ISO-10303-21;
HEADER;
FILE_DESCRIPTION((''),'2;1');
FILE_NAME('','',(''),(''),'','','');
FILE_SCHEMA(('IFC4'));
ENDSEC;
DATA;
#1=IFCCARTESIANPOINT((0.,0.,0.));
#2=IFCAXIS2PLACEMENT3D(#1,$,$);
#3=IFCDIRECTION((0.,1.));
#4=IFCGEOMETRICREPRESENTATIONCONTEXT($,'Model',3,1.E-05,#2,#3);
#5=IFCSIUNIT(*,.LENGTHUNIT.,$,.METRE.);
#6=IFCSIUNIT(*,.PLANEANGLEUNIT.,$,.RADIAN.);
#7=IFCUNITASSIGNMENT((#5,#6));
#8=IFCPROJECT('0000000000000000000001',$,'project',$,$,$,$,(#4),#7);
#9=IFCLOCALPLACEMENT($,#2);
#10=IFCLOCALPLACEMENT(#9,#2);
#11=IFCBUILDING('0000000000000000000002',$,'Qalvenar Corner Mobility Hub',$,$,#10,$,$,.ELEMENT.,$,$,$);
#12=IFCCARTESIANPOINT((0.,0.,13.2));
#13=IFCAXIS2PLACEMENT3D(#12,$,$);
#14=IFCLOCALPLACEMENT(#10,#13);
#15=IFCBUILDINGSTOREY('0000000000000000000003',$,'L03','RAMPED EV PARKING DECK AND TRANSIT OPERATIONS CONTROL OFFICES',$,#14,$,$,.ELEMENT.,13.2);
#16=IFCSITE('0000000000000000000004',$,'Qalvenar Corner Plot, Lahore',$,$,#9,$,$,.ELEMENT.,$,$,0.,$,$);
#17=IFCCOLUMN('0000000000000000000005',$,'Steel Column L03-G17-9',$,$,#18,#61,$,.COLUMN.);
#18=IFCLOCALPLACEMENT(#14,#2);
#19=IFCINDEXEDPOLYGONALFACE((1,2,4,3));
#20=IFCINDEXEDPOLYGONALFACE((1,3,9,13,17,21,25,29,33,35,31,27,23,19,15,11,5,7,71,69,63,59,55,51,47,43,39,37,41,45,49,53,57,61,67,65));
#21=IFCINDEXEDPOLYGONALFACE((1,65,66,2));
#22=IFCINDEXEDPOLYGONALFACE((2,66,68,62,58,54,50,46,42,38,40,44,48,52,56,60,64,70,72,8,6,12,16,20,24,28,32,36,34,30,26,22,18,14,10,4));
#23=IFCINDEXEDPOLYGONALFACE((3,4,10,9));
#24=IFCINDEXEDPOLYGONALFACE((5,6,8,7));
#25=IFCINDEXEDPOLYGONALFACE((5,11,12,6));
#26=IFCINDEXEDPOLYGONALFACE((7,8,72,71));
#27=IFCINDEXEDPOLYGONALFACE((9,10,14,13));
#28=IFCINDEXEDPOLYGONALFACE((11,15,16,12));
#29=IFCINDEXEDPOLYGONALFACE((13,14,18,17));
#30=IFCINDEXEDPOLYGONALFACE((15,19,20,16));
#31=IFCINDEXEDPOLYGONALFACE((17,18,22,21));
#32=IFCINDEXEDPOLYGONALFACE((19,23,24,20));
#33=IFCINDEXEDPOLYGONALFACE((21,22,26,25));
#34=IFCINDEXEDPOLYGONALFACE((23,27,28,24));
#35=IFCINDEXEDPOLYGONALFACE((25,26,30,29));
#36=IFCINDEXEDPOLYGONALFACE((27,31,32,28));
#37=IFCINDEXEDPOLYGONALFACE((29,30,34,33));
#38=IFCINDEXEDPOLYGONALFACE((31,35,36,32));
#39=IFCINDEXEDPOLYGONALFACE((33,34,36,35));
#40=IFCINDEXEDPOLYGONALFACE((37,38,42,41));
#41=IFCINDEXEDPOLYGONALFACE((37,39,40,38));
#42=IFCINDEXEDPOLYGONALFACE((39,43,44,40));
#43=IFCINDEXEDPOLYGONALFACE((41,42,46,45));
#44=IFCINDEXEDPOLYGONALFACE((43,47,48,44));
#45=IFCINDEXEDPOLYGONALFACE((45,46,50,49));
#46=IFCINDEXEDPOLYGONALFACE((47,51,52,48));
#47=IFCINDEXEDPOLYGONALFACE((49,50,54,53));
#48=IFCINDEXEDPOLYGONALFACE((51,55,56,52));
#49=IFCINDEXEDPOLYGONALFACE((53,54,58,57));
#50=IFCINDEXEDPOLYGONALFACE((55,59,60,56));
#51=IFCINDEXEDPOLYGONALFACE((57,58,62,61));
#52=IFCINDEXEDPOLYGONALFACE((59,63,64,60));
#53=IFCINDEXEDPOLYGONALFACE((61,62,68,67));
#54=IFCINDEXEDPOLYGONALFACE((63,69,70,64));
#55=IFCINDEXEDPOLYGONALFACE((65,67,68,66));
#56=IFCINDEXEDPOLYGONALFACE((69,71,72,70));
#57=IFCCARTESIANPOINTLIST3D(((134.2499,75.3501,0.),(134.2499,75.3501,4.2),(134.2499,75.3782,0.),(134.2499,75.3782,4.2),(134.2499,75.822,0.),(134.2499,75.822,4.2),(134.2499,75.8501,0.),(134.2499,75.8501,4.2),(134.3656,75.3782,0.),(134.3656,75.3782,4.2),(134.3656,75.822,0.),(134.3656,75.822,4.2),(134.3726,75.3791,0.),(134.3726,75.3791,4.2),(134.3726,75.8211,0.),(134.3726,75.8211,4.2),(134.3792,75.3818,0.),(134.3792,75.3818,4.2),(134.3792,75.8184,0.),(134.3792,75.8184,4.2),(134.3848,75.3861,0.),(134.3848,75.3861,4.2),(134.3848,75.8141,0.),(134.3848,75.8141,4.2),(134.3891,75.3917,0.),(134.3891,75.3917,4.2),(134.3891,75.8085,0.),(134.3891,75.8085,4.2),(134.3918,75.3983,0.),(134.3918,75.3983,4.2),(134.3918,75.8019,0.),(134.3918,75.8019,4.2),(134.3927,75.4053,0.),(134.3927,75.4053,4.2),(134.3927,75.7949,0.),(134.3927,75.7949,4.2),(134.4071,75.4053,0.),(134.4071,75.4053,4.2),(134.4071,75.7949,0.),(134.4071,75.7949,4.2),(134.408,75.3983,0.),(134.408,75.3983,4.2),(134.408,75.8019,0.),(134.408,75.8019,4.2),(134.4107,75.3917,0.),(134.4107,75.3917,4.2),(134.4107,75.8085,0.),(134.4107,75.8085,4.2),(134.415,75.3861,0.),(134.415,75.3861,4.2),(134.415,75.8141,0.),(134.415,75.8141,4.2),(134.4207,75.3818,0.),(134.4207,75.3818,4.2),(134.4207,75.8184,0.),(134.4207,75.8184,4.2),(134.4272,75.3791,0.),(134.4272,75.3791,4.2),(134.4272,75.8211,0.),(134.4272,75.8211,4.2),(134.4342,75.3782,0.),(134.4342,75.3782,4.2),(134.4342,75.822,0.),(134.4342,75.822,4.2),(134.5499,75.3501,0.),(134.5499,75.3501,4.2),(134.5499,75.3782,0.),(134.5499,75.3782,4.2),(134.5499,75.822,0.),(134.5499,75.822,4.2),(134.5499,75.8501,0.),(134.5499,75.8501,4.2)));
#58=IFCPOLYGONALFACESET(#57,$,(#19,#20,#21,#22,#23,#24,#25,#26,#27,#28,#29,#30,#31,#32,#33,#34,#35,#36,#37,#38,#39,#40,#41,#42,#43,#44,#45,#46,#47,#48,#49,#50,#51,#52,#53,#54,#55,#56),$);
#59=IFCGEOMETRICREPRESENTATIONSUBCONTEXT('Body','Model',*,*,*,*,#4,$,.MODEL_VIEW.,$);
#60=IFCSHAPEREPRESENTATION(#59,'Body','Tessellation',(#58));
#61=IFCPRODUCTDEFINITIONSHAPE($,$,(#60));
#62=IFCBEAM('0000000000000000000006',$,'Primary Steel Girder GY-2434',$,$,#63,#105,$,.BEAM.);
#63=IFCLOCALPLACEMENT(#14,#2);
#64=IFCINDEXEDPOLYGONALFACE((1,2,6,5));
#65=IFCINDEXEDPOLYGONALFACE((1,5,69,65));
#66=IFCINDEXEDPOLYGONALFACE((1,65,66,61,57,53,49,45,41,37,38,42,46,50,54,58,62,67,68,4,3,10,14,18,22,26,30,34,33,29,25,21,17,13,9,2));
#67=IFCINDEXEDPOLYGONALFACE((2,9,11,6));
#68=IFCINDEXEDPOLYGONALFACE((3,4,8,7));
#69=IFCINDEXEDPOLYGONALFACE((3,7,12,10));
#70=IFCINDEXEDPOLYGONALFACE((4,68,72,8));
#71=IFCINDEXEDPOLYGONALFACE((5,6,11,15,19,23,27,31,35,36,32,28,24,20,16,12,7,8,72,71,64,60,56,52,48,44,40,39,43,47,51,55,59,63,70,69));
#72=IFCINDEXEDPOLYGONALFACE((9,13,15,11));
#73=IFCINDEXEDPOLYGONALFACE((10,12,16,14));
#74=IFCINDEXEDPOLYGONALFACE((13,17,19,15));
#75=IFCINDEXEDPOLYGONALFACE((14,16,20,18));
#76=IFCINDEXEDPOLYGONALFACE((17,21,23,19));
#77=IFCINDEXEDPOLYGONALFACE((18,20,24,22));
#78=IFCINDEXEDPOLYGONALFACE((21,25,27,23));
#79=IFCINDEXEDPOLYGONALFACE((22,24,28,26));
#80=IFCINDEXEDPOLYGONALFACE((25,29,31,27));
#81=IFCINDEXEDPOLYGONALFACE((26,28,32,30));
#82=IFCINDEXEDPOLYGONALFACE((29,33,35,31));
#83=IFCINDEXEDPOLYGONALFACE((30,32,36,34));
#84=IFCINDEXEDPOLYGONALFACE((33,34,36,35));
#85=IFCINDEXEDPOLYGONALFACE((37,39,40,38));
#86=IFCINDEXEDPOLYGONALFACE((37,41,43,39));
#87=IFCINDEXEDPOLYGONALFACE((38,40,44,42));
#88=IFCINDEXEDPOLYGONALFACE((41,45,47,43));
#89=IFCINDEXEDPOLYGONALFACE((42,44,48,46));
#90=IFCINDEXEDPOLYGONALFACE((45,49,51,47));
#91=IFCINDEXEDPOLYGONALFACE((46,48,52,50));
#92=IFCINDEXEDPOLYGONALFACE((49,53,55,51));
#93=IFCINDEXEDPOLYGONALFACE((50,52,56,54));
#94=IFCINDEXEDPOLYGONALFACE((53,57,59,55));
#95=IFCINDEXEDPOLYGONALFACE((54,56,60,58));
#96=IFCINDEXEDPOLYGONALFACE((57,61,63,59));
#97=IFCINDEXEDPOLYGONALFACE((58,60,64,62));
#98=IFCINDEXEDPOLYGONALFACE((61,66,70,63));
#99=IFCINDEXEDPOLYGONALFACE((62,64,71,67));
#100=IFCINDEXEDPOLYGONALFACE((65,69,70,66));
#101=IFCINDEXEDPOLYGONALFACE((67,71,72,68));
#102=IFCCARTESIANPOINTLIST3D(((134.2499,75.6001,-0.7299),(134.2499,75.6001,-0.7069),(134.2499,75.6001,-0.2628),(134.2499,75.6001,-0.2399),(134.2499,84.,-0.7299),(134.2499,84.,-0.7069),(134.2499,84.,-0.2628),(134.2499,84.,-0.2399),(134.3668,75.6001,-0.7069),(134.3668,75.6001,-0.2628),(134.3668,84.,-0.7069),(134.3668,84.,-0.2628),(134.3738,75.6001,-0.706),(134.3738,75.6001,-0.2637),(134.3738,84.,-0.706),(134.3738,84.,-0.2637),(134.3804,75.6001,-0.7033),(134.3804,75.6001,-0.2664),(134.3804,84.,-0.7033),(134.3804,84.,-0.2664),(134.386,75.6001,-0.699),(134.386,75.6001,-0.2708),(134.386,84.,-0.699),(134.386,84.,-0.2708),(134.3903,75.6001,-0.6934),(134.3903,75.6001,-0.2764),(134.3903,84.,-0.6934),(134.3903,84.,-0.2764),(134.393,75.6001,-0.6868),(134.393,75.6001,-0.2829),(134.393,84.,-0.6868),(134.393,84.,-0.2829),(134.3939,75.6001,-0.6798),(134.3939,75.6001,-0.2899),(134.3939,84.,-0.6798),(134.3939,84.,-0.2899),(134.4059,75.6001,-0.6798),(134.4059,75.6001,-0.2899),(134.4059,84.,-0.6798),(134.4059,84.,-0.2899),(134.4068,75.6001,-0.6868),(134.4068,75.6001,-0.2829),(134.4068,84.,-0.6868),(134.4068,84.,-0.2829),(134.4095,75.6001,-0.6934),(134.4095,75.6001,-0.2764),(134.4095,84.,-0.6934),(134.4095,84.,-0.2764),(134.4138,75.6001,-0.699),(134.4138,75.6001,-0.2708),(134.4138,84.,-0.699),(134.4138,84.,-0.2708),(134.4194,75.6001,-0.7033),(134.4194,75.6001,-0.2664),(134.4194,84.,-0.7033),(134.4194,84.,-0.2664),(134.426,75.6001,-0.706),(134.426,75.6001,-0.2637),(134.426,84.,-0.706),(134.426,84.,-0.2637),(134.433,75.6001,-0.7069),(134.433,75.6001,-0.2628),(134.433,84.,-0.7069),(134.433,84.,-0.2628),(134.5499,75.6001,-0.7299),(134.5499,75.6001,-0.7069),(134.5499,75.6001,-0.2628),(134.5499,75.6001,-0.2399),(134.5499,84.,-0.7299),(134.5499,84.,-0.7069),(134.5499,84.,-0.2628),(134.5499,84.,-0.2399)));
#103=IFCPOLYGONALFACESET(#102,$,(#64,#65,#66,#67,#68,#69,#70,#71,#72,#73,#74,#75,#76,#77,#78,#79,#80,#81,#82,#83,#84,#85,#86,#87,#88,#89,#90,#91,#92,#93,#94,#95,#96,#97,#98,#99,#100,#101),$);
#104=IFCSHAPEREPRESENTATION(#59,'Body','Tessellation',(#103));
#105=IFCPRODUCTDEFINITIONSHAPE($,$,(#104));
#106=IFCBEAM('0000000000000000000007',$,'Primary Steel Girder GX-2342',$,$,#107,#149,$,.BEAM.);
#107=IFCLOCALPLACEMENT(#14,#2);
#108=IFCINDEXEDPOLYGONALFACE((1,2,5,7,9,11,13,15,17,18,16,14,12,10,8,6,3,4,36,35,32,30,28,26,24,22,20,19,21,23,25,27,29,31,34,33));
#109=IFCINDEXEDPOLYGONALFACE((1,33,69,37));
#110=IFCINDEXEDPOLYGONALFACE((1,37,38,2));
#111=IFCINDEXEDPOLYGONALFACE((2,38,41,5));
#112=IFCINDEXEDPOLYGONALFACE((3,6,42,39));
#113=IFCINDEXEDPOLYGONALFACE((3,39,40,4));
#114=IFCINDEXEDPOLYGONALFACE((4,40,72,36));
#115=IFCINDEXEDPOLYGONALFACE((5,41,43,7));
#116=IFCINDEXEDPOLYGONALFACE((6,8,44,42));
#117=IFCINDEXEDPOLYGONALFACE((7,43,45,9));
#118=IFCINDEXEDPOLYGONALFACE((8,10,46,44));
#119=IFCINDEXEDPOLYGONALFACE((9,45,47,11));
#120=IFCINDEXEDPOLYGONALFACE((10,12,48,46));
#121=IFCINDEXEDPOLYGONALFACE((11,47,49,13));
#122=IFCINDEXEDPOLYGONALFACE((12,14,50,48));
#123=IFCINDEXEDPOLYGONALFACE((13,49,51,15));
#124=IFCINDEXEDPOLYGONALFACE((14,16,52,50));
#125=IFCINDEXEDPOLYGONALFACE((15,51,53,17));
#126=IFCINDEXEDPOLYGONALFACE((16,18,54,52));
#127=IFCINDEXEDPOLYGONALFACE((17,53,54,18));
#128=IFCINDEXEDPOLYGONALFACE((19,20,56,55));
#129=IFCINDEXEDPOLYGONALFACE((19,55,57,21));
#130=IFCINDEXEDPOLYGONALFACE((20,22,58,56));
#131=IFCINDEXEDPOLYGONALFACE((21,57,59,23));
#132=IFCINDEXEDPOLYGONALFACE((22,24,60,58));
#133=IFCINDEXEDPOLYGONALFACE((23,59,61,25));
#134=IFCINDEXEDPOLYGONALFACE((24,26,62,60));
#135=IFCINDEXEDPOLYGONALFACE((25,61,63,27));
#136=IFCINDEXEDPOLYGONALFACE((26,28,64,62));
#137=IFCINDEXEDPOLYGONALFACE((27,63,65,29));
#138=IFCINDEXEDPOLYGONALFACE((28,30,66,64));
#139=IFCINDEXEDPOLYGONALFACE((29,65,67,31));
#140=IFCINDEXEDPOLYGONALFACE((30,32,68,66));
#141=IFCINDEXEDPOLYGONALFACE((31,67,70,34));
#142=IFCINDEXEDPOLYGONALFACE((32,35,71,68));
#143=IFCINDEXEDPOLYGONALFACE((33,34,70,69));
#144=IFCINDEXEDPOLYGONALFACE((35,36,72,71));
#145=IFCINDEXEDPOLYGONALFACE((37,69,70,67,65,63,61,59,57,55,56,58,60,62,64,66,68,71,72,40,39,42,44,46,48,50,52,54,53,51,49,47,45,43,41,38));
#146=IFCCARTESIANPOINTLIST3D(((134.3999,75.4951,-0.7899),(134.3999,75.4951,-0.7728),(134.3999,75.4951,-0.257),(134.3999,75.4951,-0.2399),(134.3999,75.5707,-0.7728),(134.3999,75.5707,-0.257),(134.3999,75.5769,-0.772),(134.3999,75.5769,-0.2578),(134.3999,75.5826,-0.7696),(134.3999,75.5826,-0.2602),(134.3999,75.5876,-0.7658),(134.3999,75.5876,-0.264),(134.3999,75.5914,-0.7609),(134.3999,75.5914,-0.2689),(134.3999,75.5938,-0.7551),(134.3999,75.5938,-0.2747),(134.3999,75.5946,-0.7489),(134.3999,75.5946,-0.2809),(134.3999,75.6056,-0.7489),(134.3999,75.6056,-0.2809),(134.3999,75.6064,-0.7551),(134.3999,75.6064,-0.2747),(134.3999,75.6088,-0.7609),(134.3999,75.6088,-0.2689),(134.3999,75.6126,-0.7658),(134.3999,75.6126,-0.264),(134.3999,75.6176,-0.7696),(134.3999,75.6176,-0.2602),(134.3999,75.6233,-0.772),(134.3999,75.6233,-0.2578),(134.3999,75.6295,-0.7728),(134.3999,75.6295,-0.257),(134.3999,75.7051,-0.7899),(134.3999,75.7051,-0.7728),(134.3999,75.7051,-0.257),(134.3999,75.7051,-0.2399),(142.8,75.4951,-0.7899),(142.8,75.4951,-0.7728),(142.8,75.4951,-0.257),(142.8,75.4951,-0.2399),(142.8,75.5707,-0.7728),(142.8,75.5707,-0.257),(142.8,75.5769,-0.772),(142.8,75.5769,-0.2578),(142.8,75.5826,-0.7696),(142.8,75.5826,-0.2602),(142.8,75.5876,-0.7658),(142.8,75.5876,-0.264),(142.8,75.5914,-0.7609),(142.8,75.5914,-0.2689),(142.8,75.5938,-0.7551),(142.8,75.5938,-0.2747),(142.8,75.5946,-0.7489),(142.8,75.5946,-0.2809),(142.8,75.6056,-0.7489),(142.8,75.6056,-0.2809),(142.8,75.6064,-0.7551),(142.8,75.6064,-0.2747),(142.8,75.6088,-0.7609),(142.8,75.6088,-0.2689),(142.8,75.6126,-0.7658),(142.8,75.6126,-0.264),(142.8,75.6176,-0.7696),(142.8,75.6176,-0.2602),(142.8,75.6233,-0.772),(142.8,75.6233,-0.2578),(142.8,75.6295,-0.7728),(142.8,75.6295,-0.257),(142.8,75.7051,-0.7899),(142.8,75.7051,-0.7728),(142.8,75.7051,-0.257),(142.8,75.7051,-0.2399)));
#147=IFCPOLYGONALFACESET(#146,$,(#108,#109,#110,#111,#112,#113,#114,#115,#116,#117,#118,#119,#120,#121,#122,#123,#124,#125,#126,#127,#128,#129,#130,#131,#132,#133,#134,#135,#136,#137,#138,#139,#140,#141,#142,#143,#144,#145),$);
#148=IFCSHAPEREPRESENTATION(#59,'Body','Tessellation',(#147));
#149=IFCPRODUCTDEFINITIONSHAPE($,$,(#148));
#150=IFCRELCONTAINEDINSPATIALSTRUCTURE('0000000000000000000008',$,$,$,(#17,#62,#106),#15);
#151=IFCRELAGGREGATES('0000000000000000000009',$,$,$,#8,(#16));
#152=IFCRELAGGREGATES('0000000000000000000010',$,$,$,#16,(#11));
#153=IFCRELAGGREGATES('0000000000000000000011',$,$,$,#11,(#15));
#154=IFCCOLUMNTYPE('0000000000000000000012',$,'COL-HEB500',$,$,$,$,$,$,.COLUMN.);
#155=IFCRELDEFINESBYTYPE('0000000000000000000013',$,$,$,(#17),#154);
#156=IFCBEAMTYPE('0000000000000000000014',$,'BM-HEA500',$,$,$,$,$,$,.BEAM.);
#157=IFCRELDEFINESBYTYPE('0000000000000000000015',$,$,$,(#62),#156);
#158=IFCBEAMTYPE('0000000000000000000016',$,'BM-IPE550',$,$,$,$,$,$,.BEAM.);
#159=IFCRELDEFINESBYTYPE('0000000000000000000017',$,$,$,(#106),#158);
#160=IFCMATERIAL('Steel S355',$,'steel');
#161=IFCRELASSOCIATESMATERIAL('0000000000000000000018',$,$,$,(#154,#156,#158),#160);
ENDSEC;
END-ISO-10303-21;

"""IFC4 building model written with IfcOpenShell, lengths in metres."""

from ifc_helpers import new_model, si_unit, direction, frame, origin, origin_2d, place, context, subcontext, project, spatial, i_section, extrude, material, material_profile, profile_set, type_object, element, save


model = new_model("IFC4")

# Units and contexts
model_context = context("Model", 3, precision=1e-05, world=origin(), true_north=direction((0.0, 1.0)))
body_context = subcontext(model_context, "Body", "Model", "MODEL_VIEW")
ifc_project = project(units=[si_unit("LENGTHUNIT", "METRE"), si_unit("PLANEANGLEUNIT", "RADIAN")], contexts=[model_context])

# Site, building, storey
site_placement = place(None, origin())
site = spatial("IfcSite", under=ifc_project, at=site_placement, Name="Qalvenar Corner Plot, Lahore", CompositionType="ELEMENT", RefElevation=0.0)
building_placement = place(site_placement, origin())
building = spatial("IfcBuilding", under=site, at=building_placement, Name="Qalvenar Corner Mobility Hub", CompositionType="ELEMENT")
storey_placement = place(building_placement, frame((0.0, 0.0, 13.2)))
storey = spatial("IfcBuildingStorey", under=building, at=storey_placement, Name="L03", Description="RAMPED EV PARKING DECK AND TRANSIT OPERATIONS CONTROL OFFICES", CompositionType="ELEMENT", Elevation=13.2)

# Column
ifc_material_1 = material(Name="Steel S355", Category="steel")
ifc_material_profile_1 = material_profile(ifc_material_1, i_section(OverallWidth=0.3, OverallDepth=0.5, WebThickness=0.0144, FlangeThickness=0.0281, FilletRadius=0.0271, at=origin_2d()), Name="HEB500")
ifc_profile_set_1 = profile_set([ifc_material_profile_1], Name="Steel S355")
column_type = type_object("IfcColumnType", Name="COL-HEB500", PredefinedType="COLUMN", material=ifc_profile_set_1)
column_placement = place(storey_placement, frame((134.3999, 75.6001, 0.0), z_axis=(0.0, 0.0, 1.0), x_axis=(1.0, 0.0, 0.0)))
element("IfcColumn", 1, at=column_placement, inside=storey, type_object=column_type, Name="Steel Column L03-G17-9", PredefinedType="COLUMN", context=body_context, shape_type="SweptSolid", body=[
    extrude(i_section(OverallWidth=0.3, OverallDepth=0.5, WebThickness=0.0144, FlangeThickness=0.0281, FilletRadius=0.0271, at=origin_2d()), origin(), (0.0, 0.0, 1.0), 4.2),
])

# Beams
ifc_material_profile_2 = material_profile(ifc_material_1, i_section(OverallWidth=0.3, OverallDepth=0.49, WebThickness=0.012, FlangeThickness=0.0229, FilletRadius=0.0271, at=origin_2d()), Name="HEA500")
ifc_profile_set_2 = profile_set([ifc_material_profile_2], Name="Steel S355")
beam_type_1 = type_object("IfcBeamType", Name="BM-HEA500", PredefinedType="BEAM", material=ifc_profile_set_2)
beam_1_placement = place(storey_placement, frame((134.3999, 75.6001, -0.4849), z_axis=(0.0, 1.0, 0.0), x_axis=(-1.0, 0.0, 0.0)))
element("IfcBeam", 2, at=beam_1_placement, inside=storey, type_object=beam_type_1, Name="Primary Steel Girder GY-2434", PredefinedType="BEAM", context=body_context, shape_type="SweptSolid", body=[
    extrude(i_section(OverallWidth=0.3, OverallDepth=0.49, WebThickness=0.012, FlangeThickness=0.0229, FilletRadius=0.0271, at=origin_2d()), origin(), (0.0, 0.0, 1.0), 8.3999),
])
ifc_material_profile_3 = material_profile(ifc_material_1, i_section(OverallWidth=0.21, OverallDepth=0.55, WebThickness=0.011, FlangeThickness=0.0171, FilletRadius=0.0239, at=origin_2d()), Name="IPE550")
ifc_profile_set_3 = profile_set([ifc_material_profile_3], Name="Steel S355")
beam_type_2 = type_object("IfcBeamType", Name="BM-IPE550", PredefinedType="BEAM", material=ifc_profile_set_3)
beam_2_placement = place(storey_placement, frame((134.3999, 75.6001, -0.5149), z_axis=(1.0, 0.0, 0.0), x_axis=(0.0, 1.0, 0.0)))
element("IfcBeam", 3, at=beam_2_placement, inside=storey, type_object=beam_type_2, Name="Primary Steel Girder GX-2342", PredefinedType="BEAM", context=body_context, shape_type="SweptSolid", body=[
    extrude(i_section(OverallWidth=0.21, OverallDepth=0.55, WebThickness=0.011, FlangeThickness=0.0171, FilletRadius=0.0239, at=origin_2d()), origin(), (0.0, 0.0, 1.0), 8.4001),
])

save(model, "model.ifc")
